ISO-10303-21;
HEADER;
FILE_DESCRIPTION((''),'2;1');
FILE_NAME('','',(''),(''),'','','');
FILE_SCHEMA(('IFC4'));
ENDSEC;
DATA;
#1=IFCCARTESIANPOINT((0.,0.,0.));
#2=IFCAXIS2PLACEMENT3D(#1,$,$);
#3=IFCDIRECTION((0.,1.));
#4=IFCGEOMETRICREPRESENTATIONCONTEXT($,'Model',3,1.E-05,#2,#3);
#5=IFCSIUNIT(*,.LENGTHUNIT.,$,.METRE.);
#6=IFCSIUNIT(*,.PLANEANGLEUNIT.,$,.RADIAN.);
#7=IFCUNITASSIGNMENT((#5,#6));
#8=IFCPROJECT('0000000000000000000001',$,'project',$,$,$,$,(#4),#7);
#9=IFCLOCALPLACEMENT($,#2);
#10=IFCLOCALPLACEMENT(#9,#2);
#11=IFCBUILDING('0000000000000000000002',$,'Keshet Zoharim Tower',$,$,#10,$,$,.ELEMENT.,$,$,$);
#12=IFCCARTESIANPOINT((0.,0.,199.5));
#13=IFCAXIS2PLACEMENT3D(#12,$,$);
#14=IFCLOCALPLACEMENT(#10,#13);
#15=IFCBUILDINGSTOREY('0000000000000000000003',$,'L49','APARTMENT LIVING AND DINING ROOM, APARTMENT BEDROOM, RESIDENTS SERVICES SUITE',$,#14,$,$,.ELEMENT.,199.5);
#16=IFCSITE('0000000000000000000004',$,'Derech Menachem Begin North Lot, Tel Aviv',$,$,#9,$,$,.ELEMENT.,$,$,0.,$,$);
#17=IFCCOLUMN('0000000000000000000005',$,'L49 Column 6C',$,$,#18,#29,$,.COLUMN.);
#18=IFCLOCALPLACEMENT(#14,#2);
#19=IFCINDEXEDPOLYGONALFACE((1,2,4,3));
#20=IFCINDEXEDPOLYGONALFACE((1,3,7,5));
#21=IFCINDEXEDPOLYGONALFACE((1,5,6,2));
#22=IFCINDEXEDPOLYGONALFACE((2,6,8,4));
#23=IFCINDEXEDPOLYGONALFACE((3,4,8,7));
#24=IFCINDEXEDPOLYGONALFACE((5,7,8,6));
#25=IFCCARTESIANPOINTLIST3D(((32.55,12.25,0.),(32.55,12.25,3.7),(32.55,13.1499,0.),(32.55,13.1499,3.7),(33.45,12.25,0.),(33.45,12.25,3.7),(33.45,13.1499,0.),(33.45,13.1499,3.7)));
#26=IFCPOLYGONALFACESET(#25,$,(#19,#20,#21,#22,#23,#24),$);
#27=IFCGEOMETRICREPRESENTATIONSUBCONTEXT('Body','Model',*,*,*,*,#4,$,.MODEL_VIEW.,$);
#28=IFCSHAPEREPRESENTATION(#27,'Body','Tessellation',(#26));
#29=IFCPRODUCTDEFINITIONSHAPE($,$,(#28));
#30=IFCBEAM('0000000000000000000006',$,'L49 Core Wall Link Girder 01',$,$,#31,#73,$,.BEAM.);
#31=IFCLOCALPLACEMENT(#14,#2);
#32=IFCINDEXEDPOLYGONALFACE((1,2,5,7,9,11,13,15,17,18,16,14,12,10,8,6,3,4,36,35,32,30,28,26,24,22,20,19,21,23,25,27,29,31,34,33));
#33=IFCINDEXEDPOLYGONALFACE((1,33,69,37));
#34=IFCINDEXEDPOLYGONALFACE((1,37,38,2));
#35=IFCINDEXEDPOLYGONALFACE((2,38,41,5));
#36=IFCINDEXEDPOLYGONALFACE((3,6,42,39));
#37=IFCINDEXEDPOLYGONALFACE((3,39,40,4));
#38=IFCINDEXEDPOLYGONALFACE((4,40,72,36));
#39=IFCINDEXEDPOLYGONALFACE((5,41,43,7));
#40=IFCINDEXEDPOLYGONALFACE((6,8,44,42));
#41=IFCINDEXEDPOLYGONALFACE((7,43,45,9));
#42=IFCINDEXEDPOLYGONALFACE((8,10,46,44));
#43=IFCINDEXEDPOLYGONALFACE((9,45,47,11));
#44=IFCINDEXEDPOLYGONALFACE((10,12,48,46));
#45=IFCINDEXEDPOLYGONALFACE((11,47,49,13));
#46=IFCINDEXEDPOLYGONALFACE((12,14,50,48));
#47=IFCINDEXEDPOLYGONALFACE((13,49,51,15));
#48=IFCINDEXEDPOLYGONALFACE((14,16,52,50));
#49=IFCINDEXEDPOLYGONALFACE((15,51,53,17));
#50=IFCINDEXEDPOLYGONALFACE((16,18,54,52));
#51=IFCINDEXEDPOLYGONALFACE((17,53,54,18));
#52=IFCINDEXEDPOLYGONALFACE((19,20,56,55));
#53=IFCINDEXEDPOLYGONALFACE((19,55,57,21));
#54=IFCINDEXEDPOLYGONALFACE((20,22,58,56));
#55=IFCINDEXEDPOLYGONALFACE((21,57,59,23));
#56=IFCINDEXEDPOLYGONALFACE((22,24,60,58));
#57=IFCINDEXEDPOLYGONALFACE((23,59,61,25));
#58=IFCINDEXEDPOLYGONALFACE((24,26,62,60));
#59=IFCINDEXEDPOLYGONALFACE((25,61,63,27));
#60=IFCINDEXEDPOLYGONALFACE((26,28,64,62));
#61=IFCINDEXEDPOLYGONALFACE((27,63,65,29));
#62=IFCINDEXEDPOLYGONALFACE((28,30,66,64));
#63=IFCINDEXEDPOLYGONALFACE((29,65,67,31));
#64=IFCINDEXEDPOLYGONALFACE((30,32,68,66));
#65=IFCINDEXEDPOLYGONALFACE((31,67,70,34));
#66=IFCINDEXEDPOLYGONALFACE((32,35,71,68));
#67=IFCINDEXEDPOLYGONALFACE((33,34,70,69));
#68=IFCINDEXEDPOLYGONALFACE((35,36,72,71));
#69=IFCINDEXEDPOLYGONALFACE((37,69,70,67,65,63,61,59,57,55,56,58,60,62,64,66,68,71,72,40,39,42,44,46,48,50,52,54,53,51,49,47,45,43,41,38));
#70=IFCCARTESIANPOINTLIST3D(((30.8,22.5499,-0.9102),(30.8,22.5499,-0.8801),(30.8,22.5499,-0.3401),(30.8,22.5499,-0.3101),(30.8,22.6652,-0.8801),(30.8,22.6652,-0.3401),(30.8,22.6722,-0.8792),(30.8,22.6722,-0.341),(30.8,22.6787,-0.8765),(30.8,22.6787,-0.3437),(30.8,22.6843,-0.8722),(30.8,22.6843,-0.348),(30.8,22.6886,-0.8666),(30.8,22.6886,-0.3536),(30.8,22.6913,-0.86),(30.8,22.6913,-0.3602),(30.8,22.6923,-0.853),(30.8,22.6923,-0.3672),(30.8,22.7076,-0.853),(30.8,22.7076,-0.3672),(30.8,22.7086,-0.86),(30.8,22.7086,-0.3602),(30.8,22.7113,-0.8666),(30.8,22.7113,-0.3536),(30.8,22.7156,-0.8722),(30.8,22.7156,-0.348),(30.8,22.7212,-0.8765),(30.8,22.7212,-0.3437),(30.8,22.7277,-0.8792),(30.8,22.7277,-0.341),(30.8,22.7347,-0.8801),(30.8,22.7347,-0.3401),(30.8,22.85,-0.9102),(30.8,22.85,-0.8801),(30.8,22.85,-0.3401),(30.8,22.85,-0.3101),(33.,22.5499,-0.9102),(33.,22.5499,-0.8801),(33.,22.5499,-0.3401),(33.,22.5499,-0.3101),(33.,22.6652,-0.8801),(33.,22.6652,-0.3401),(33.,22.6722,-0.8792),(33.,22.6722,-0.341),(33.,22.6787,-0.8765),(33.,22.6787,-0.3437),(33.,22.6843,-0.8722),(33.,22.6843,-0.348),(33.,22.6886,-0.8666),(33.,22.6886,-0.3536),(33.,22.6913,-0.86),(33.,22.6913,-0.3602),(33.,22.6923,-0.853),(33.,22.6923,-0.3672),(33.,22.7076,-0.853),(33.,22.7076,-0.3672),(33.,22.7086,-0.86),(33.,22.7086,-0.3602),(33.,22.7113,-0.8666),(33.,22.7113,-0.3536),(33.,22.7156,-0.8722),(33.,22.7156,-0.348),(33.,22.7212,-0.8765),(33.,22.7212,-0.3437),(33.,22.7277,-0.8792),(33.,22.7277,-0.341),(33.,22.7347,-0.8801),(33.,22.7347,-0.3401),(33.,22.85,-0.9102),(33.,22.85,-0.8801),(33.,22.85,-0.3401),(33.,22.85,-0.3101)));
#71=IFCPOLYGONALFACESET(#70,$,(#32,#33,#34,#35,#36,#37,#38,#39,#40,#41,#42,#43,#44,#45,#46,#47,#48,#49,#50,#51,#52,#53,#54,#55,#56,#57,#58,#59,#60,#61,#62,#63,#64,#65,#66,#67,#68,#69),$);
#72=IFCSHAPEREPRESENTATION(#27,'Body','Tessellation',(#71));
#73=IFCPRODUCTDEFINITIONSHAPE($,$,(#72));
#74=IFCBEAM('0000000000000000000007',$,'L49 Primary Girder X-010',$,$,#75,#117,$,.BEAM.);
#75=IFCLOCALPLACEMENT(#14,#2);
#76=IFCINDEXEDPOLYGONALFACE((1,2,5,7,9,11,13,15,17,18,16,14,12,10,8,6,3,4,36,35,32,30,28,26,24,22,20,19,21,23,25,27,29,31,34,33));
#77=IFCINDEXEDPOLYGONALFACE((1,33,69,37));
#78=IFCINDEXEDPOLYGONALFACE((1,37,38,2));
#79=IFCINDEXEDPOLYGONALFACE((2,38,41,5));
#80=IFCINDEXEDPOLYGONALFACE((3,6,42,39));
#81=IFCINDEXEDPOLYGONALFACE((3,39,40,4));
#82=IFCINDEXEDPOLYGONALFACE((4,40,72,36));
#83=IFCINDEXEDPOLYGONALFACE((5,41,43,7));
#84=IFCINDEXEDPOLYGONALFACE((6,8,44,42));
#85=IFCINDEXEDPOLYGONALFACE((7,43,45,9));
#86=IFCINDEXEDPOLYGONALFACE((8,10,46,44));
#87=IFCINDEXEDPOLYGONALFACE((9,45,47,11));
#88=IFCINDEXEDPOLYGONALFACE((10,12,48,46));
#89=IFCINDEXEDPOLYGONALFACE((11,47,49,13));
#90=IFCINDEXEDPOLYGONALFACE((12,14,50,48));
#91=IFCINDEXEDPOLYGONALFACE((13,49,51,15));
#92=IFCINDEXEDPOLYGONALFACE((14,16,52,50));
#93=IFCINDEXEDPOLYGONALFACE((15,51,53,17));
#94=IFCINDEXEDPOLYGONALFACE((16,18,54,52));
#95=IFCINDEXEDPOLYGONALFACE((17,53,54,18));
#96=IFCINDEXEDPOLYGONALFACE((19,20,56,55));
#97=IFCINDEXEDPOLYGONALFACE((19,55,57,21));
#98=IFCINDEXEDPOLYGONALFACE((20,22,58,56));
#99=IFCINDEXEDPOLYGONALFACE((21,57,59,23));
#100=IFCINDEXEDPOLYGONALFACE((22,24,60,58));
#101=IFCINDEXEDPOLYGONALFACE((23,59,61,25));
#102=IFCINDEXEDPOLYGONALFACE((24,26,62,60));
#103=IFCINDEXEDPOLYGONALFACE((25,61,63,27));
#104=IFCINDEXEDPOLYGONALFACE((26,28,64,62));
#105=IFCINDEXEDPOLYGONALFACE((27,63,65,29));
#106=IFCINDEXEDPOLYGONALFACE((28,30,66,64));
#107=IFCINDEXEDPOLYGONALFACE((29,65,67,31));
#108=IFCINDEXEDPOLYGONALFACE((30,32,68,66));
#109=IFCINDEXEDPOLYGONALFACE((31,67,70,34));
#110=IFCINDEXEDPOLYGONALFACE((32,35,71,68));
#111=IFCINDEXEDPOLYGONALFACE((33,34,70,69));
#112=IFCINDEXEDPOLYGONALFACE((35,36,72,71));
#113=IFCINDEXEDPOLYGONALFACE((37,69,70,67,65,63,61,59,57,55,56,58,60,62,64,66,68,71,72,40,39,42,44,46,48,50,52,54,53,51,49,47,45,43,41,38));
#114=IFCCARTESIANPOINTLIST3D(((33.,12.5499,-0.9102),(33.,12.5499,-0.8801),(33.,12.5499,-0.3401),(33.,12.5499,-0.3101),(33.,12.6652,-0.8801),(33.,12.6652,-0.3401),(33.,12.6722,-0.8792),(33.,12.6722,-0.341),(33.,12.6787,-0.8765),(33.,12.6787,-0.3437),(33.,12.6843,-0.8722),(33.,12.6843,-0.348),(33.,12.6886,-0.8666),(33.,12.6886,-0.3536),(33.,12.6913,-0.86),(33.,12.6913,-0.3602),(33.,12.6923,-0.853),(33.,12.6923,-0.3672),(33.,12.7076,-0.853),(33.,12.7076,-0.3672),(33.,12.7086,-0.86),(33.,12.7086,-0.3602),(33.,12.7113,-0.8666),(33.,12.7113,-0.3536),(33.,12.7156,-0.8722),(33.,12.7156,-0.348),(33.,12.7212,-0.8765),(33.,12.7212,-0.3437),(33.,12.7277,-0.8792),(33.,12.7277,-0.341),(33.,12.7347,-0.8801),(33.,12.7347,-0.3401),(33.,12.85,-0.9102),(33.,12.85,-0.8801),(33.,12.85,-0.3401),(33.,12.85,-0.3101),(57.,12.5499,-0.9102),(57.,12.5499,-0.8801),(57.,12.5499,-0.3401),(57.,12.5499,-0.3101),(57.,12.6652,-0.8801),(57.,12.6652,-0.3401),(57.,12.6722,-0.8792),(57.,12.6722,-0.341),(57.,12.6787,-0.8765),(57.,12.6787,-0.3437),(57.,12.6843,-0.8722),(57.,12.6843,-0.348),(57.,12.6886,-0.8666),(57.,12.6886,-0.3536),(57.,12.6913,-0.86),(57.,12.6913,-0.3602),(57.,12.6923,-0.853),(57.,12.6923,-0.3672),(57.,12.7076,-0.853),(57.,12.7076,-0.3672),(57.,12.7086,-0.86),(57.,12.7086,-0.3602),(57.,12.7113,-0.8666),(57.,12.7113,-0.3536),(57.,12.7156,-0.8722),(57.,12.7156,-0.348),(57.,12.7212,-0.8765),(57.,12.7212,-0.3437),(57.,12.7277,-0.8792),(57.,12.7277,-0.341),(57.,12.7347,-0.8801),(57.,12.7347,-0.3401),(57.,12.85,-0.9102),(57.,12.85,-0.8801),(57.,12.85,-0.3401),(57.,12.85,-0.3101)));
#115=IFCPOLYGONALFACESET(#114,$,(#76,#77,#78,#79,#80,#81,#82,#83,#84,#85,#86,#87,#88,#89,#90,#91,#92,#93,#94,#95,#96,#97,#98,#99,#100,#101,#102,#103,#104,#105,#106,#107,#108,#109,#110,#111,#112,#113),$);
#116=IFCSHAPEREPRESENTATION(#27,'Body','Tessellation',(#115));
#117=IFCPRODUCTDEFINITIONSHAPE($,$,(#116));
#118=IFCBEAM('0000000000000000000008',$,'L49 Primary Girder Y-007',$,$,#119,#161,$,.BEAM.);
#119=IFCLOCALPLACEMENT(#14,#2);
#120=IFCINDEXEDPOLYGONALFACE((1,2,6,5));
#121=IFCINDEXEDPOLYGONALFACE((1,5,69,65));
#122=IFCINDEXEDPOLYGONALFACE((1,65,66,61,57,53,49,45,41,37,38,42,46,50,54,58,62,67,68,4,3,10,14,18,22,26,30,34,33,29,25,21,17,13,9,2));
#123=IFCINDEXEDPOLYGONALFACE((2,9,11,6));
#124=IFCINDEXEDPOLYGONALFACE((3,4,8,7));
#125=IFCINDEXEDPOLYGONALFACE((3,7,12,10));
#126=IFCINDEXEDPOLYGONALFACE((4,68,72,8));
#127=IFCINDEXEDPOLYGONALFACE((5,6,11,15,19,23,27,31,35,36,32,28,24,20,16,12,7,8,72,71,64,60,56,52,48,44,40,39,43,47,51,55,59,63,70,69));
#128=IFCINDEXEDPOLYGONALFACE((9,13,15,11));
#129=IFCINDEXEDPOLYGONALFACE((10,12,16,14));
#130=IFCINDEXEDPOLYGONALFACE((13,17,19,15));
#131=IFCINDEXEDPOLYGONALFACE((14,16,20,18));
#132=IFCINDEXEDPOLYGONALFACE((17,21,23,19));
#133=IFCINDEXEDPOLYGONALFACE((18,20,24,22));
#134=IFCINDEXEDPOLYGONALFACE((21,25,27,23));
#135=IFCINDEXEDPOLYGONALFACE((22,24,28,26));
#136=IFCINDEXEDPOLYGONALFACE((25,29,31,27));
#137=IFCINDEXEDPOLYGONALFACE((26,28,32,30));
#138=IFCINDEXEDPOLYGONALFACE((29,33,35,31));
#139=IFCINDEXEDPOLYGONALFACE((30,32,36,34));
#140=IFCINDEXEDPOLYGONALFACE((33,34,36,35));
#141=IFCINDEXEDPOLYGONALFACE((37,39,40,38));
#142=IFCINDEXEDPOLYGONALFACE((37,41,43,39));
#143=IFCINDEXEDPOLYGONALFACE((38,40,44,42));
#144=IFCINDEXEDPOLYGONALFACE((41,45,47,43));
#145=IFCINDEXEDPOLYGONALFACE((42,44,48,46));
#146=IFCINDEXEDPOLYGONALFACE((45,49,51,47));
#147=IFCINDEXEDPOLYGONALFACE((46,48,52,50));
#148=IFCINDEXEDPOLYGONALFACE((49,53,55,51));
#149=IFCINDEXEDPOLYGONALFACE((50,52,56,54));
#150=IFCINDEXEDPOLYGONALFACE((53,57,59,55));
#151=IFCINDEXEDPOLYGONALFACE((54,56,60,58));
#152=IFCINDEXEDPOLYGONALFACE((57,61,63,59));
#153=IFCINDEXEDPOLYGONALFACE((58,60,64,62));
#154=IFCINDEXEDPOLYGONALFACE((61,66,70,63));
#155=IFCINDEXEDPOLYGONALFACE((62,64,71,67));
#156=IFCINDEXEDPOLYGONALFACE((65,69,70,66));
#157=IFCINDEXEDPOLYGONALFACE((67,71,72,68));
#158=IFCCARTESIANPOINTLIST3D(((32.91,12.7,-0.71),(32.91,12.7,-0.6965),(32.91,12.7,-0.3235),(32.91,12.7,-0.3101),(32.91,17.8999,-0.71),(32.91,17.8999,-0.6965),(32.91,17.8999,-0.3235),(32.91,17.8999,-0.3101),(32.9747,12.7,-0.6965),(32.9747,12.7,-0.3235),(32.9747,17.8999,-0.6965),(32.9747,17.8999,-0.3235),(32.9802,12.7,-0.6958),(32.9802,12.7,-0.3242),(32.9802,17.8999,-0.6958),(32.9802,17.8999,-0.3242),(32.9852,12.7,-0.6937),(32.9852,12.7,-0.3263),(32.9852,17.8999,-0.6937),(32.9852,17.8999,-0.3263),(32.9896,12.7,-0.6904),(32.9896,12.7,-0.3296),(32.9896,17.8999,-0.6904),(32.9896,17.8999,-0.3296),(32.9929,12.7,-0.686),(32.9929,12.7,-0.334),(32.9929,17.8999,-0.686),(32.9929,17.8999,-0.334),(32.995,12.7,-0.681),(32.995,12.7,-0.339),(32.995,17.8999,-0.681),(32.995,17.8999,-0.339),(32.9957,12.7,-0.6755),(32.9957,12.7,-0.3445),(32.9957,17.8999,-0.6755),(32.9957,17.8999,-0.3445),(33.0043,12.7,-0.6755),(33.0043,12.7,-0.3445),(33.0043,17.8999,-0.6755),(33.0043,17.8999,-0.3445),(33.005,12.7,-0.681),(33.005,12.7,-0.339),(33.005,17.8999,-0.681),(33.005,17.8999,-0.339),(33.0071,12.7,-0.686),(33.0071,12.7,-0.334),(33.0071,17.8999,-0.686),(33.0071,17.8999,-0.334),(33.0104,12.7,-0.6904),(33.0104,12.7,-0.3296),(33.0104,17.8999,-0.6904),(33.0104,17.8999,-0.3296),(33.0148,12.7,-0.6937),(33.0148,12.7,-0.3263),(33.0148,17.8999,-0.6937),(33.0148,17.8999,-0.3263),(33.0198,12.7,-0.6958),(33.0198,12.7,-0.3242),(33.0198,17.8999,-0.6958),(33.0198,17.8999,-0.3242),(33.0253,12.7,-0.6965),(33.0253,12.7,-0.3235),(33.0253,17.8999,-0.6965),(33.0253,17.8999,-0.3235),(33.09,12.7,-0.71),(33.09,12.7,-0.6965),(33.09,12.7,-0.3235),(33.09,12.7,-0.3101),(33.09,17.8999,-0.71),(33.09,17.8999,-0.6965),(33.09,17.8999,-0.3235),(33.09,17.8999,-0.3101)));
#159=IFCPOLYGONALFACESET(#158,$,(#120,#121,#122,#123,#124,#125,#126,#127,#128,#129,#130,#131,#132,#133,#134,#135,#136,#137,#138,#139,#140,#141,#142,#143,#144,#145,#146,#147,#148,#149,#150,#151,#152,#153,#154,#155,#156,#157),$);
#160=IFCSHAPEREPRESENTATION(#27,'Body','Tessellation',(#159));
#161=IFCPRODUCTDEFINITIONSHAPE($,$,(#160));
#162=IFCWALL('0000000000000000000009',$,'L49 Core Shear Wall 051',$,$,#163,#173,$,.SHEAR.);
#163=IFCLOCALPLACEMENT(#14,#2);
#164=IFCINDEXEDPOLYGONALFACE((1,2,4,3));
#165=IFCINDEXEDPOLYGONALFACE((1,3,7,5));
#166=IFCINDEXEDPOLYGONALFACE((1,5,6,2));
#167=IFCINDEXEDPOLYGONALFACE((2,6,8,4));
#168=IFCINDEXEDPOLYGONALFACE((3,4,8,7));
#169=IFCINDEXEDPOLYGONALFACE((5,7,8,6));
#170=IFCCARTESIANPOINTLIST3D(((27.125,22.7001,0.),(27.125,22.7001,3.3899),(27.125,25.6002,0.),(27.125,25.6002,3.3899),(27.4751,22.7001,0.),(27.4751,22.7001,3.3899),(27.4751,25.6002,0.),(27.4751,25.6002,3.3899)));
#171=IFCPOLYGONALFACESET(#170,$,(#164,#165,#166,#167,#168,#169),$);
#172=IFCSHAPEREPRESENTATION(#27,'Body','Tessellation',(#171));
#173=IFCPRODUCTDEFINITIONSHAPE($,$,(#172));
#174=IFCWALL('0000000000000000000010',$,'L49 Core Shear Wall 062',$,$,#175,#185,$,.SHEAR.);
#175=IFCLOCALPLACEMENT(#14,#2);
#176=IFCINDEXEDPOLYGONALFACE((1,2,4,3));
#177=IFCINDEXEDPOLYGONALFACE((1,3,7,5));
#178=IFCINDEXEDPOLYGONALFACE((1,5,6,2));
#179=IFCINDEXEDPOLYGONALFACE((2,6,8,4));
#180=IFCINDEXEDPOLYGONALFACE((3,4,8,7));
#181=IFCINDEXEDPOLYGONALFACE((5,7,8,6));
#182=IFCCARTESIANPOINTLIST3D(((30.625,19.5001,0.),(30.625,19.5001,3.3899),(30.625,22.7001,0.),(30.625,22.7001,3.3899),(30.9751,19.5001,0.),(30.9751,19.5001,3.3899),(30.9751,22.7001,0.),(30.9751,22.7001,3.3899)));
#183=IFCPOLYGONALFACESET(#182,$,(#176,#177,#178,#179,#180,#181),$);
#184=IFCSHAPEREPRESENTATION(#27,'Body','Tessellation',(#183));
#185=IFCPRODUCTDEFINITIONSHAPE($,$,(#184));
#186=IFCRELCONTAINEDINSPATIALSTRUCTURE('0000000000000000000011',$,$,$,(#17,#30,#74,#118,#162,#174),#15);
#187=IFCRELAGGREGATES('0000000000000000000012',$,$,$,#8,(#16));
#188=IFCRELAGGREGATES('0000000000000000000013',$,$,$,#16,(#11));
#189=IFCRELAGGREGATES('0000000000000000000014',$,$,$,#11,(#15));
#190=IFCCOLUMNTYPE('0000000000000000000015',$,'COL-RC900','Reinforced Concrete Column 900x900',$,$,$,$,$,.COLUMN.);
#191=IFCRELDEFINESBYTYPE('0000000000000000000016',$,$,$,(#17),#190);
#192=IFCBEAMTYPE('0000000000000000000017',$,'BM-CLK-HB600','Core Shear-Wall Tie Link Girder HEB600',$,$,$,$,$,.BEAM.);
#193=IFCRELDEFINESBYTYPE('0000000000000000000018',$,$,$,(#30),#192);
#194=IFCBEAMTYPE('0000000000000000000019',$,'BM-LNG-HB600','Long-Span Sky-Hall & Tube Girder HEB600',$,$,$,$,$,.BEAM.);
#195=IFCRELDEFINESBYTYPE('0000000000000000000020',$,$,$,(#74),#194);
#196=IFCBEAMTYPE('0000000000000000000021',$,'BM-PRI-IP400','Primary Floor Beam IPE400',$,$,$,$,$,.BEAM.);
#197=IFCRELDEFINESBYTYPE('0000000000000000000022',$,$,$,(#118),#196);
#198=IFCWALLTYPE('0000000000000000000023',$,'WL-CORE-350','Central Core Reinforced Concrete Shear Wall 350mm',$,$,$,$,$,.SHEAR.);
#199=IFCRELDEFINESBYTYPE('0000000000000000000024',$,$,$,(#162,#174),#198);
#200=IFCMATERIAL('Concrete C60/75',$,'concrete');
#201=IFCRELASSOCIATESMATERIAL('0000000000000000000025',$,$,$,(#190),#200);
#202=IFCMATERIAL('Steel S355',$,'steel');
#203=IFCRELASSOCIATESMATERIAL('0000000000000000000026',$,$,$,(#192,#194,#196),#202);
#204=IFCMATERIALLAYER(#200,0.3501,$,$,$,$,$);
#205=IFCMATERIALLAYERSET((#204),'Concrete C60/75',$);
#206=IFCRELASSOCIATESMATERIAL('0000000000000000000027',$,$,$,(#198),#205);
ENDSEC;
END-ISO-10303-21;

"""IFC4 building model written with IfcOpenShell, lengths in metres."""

from ifc_helpers import new_model, si_unit, direction, frame, frame_2d, origin, origin_2d, place, context, subcontext, project, spatial, rectangle, i_section, extrude, material, layer, layer_set, material_profile, profile_set, type_object, element, save


model = new_model("IFC4")

# Units and contexts
model_context = context("Model", 3, precision=1e-05, world=origin(), true_north=direction((0.0, 1.0)))
body_context = subcontext(model_context, "Body", "Model", "MODEL_VIEW")
ifc_project = project(units=[si_unit("LENGTHUNIT", "METRE"), si_unit("PLANEANGLEUNIT", "RADIAN")], contexts=[model_context])

# Site, building, storey
site_placement = place(None, origin())
site = spatial("IfcSite", under=ifc_project, at=site_placement, Name="Derech Menachem Begin North Lot, Tel Aviv", CompositionType="ELEMENT", RefElevation=0.0)
building_placement = place(site_placement, origin())
building = spatial("IfcBuilding", under=site, at=building_placement, Name="Keshet Zoharim Tower", CompositionType="ELEMENT")
storey_placement = place(building_placement, frame((0.0, 0.0, 199.5)))
storey = spatial("IfcBuildingStorey", under=building, at=storey_placement, Name="L49", Description="APARTMENT LIVING AND DINING ROOM, APARTMENT BEDROOM, RESIDENTS SERVICES SUITE", CompositionType="ELEMENT", Elevation=199.5)

# Column
ifc_material_1 = material(Name="Concrete C60/75", Category="concrete")
ifc_material_profile_1 = material_profile(ifc_material_1, rectangle(XDim=0.8999, YDim=0.8999, at=origin_2d()), Name="RC900x900")
ifc_profile_set_1 = profile_set([ifc_material_profile_1], Name="Concrete C60/75")
column_type = type_object("IfcColumnType", Name="COL-RC900", Description="Reinforced Concrete Column 900x900", PredefinedType="COLUMN", material=ifc_profile_set_1)
column_placement = place(storey_placement, frame((33.0, 12.7, 0.0), z_axis=(0.0, 0.0, 1.0), x_axis=(1.0, 0.0, 0.0)))
element("IfcColumn", 1, at=column_placement, inside=storey, type_object=column_type, Name="L49 Column 6C", PredefinedType="COLUMN", context=body_context, shape_type="SweptSolid", body=[
    extrude(rectangle(XDim=0.8999, YDim=0.8999, at=origin_2d()), origin(), (0.0, 0.0, 1.0), 3.7),
])

# Beams
ifc_material_2 = material(Name="Steel S355", Category="steel")
ifc_material_profile_2 = material_profile(ifc_material_2, i_section(OverallWidth=0.3, OverallDepth=0.6001, WebThickness=0.0154, FlangeThickness=0.03, FilletRadius=0.0271, at=origin_2d()), Name="HEB600")
ifc_profile_set_2 = profile_set([ifc_material_profile_2], Name="Steel S355")
beam_type_1 = type_object("IfcBeamType", Name="BM-CLK-HB600", Description="Core Shear-Wall Tie Link Girder HEB600", PredefinedType="BEAM", material=ifc_profile_set_2)
beam_1_placement = place(storey_placement, frame((30.8, 22.7, -0.6101), z_axis=(1.0, 0.0, 0.0), x_axis=(0.0, 1.0, 0.0)))
element("IfcBeam", 2, at=beam_1_placement, inside=storey, type_object=beam_type_1, Name="L49 Core Wall Link Girder 01", PredefinedType="BEAM", context=body_context, shape_type="SweptSolid", body=[
    extrude(i_section(OverallWidth=0.3, OverallDepth=0.6001, WebThickness=0.0154, FlangeThickness=0.03, FilletRadius=0.0271, at=origin_2d()), origin(), (0.0, 0.0, 1.0), 2.2),
])
ifc_material_profile_3 = material_profile(ifc_material_2, i_section(OverallWidth=0.3, OverallDepth=0.6001, WebThickness=0.0154, FlangeThickness=0.03, FilletRadius=0.0271, at=origin_2d()), Name="HEB600")
ifc_profile_set_3 = profile_set([ifc_material_profile_3], Name="Steel S355")
beam_type_2 = type_object("IfcBeamType", Name="BM-LNG-HB600", Description="Long-Span Sky-Hall & Tube Girder HEB600", PredefinedType="BEAM", material=ifc_profile_set_3)
beam_2_placement = place(storey_placement, frame((33.0, 12.7, -0.6101), z_axis=(1.0, 0.0, 0.0), x_axis=(0.0, 1.0, 0.0)))
element("IfcBeam", 3, at=beam_2_placement, inside=storey, type_object=beam_type_2, Name="L49 Primary Girder X-010", PredefinedType="BEAM", context=body_context, shape_type="SweptSolid", body=[
    extrude(i_section(OverallWidth=0.3, OverallDepth=0.6001, WebThickness=0.0154, FlangeThickness=0.03, FilletRadius=0.0271, at=origin_2d()), origin(), (0.0, 0.0, 1.0), 24.0),
])
ifc_material_profile_4 = material_profile(ifc_material_2, i_section(OverallWidth=0.1799, OverallDepth=0.3999, WebThickness=0.0085, FlangeThickness=0.0134, FilletRadius=0.021, at=origin_2d()), Name="IPE400")
ifc_profile_set_4 = profile_set([ifc_material_profile_4], Name="Steel S355")
beam_type_3 = type_object("IfcBeamType", Name="BM-PRI-IP400", Description="Primary Floor Beam IPE400", PredefinedType="BEAM", material=ifc_profile_set_4)
beam_3_placement = place(storey_placement, frame((33.0, 12.7, -0.51), z_axis=(0.0, 1.0, 0.0), x_axis=(-1.0, 0.0, 0.0)))
element("IfcBeam", 4, at=beam_3_placement, inside=storey, type_object=beam_type_3, Name="L49 Primary Girder Y-007", PredefinedType="BEAM", context=body_context, shape_type="SweptSolid", body=[
    extrude(i_section(OverallWidth=0.1799, OverallDepth=0.3999, WebThickness=0.0085, FlangeThickness=0.0134, FilletRadius=0.021, at=origin_2d()), origin(), (0.0, 0.0, 1.0), 5.2),
])

# Walls
ifc_layer_1 = layer(ifc_material_1, 0.3501)
ifc_layer_set_1 = layer_set([ifc_layer_1], Name="Concrete C60/75")
wall_type_1 = type_object("IfcWallType", Name="WL-CORE-350", Description="Central Core Reinforced Concrete Shear Wall 350mm", PredefinedType="SHEAR", material=ifc_layer_set_1)
wall_1_placement = place(storey_placement, frame((27.3, 22.7, 0.0), z_axis=(0.0, 0.0, 1.0), x_axis=(0.0, 1.0, 0.0)))
element("IfcWall", 5, at=wall_1_placement, inside=storey, type_object=wall_type_1, Name="L49 Core Shear Wall 051", PredefinedType="SHEAR", context=body_context, shape_type="SweptSolid", body=[
    extrude(rectangle(XDim=2.9001, YDim=0.3501, at=frame_2d((1.4502, 0.0))), origin(), (0.0, 0.0, 1.0), 3.3899),
])
wall_2_placement = place(storey_placement, frame((30.8, 19.5, 0.0), z_axis=(0.0, 0.0, 1.0), x_axis=(0.0, 1.0, 0.0)))
element("IfcWall", 6, at=wall_2_placement, inside=storey, type_object=wall_type_1, Name="L49 Core Shear Wall 062", PredefinedType="SHEAR", context=body_context, shape_type="SweptSolid", body=[
    extrude(rectangle(XDim=3.2, YDim=0.3501, at=frame_2d((1.6001, 0.0))), origin(), (0.0, 0.0, 1.0), 3.3899),
])

save(model, "model.ifc")
